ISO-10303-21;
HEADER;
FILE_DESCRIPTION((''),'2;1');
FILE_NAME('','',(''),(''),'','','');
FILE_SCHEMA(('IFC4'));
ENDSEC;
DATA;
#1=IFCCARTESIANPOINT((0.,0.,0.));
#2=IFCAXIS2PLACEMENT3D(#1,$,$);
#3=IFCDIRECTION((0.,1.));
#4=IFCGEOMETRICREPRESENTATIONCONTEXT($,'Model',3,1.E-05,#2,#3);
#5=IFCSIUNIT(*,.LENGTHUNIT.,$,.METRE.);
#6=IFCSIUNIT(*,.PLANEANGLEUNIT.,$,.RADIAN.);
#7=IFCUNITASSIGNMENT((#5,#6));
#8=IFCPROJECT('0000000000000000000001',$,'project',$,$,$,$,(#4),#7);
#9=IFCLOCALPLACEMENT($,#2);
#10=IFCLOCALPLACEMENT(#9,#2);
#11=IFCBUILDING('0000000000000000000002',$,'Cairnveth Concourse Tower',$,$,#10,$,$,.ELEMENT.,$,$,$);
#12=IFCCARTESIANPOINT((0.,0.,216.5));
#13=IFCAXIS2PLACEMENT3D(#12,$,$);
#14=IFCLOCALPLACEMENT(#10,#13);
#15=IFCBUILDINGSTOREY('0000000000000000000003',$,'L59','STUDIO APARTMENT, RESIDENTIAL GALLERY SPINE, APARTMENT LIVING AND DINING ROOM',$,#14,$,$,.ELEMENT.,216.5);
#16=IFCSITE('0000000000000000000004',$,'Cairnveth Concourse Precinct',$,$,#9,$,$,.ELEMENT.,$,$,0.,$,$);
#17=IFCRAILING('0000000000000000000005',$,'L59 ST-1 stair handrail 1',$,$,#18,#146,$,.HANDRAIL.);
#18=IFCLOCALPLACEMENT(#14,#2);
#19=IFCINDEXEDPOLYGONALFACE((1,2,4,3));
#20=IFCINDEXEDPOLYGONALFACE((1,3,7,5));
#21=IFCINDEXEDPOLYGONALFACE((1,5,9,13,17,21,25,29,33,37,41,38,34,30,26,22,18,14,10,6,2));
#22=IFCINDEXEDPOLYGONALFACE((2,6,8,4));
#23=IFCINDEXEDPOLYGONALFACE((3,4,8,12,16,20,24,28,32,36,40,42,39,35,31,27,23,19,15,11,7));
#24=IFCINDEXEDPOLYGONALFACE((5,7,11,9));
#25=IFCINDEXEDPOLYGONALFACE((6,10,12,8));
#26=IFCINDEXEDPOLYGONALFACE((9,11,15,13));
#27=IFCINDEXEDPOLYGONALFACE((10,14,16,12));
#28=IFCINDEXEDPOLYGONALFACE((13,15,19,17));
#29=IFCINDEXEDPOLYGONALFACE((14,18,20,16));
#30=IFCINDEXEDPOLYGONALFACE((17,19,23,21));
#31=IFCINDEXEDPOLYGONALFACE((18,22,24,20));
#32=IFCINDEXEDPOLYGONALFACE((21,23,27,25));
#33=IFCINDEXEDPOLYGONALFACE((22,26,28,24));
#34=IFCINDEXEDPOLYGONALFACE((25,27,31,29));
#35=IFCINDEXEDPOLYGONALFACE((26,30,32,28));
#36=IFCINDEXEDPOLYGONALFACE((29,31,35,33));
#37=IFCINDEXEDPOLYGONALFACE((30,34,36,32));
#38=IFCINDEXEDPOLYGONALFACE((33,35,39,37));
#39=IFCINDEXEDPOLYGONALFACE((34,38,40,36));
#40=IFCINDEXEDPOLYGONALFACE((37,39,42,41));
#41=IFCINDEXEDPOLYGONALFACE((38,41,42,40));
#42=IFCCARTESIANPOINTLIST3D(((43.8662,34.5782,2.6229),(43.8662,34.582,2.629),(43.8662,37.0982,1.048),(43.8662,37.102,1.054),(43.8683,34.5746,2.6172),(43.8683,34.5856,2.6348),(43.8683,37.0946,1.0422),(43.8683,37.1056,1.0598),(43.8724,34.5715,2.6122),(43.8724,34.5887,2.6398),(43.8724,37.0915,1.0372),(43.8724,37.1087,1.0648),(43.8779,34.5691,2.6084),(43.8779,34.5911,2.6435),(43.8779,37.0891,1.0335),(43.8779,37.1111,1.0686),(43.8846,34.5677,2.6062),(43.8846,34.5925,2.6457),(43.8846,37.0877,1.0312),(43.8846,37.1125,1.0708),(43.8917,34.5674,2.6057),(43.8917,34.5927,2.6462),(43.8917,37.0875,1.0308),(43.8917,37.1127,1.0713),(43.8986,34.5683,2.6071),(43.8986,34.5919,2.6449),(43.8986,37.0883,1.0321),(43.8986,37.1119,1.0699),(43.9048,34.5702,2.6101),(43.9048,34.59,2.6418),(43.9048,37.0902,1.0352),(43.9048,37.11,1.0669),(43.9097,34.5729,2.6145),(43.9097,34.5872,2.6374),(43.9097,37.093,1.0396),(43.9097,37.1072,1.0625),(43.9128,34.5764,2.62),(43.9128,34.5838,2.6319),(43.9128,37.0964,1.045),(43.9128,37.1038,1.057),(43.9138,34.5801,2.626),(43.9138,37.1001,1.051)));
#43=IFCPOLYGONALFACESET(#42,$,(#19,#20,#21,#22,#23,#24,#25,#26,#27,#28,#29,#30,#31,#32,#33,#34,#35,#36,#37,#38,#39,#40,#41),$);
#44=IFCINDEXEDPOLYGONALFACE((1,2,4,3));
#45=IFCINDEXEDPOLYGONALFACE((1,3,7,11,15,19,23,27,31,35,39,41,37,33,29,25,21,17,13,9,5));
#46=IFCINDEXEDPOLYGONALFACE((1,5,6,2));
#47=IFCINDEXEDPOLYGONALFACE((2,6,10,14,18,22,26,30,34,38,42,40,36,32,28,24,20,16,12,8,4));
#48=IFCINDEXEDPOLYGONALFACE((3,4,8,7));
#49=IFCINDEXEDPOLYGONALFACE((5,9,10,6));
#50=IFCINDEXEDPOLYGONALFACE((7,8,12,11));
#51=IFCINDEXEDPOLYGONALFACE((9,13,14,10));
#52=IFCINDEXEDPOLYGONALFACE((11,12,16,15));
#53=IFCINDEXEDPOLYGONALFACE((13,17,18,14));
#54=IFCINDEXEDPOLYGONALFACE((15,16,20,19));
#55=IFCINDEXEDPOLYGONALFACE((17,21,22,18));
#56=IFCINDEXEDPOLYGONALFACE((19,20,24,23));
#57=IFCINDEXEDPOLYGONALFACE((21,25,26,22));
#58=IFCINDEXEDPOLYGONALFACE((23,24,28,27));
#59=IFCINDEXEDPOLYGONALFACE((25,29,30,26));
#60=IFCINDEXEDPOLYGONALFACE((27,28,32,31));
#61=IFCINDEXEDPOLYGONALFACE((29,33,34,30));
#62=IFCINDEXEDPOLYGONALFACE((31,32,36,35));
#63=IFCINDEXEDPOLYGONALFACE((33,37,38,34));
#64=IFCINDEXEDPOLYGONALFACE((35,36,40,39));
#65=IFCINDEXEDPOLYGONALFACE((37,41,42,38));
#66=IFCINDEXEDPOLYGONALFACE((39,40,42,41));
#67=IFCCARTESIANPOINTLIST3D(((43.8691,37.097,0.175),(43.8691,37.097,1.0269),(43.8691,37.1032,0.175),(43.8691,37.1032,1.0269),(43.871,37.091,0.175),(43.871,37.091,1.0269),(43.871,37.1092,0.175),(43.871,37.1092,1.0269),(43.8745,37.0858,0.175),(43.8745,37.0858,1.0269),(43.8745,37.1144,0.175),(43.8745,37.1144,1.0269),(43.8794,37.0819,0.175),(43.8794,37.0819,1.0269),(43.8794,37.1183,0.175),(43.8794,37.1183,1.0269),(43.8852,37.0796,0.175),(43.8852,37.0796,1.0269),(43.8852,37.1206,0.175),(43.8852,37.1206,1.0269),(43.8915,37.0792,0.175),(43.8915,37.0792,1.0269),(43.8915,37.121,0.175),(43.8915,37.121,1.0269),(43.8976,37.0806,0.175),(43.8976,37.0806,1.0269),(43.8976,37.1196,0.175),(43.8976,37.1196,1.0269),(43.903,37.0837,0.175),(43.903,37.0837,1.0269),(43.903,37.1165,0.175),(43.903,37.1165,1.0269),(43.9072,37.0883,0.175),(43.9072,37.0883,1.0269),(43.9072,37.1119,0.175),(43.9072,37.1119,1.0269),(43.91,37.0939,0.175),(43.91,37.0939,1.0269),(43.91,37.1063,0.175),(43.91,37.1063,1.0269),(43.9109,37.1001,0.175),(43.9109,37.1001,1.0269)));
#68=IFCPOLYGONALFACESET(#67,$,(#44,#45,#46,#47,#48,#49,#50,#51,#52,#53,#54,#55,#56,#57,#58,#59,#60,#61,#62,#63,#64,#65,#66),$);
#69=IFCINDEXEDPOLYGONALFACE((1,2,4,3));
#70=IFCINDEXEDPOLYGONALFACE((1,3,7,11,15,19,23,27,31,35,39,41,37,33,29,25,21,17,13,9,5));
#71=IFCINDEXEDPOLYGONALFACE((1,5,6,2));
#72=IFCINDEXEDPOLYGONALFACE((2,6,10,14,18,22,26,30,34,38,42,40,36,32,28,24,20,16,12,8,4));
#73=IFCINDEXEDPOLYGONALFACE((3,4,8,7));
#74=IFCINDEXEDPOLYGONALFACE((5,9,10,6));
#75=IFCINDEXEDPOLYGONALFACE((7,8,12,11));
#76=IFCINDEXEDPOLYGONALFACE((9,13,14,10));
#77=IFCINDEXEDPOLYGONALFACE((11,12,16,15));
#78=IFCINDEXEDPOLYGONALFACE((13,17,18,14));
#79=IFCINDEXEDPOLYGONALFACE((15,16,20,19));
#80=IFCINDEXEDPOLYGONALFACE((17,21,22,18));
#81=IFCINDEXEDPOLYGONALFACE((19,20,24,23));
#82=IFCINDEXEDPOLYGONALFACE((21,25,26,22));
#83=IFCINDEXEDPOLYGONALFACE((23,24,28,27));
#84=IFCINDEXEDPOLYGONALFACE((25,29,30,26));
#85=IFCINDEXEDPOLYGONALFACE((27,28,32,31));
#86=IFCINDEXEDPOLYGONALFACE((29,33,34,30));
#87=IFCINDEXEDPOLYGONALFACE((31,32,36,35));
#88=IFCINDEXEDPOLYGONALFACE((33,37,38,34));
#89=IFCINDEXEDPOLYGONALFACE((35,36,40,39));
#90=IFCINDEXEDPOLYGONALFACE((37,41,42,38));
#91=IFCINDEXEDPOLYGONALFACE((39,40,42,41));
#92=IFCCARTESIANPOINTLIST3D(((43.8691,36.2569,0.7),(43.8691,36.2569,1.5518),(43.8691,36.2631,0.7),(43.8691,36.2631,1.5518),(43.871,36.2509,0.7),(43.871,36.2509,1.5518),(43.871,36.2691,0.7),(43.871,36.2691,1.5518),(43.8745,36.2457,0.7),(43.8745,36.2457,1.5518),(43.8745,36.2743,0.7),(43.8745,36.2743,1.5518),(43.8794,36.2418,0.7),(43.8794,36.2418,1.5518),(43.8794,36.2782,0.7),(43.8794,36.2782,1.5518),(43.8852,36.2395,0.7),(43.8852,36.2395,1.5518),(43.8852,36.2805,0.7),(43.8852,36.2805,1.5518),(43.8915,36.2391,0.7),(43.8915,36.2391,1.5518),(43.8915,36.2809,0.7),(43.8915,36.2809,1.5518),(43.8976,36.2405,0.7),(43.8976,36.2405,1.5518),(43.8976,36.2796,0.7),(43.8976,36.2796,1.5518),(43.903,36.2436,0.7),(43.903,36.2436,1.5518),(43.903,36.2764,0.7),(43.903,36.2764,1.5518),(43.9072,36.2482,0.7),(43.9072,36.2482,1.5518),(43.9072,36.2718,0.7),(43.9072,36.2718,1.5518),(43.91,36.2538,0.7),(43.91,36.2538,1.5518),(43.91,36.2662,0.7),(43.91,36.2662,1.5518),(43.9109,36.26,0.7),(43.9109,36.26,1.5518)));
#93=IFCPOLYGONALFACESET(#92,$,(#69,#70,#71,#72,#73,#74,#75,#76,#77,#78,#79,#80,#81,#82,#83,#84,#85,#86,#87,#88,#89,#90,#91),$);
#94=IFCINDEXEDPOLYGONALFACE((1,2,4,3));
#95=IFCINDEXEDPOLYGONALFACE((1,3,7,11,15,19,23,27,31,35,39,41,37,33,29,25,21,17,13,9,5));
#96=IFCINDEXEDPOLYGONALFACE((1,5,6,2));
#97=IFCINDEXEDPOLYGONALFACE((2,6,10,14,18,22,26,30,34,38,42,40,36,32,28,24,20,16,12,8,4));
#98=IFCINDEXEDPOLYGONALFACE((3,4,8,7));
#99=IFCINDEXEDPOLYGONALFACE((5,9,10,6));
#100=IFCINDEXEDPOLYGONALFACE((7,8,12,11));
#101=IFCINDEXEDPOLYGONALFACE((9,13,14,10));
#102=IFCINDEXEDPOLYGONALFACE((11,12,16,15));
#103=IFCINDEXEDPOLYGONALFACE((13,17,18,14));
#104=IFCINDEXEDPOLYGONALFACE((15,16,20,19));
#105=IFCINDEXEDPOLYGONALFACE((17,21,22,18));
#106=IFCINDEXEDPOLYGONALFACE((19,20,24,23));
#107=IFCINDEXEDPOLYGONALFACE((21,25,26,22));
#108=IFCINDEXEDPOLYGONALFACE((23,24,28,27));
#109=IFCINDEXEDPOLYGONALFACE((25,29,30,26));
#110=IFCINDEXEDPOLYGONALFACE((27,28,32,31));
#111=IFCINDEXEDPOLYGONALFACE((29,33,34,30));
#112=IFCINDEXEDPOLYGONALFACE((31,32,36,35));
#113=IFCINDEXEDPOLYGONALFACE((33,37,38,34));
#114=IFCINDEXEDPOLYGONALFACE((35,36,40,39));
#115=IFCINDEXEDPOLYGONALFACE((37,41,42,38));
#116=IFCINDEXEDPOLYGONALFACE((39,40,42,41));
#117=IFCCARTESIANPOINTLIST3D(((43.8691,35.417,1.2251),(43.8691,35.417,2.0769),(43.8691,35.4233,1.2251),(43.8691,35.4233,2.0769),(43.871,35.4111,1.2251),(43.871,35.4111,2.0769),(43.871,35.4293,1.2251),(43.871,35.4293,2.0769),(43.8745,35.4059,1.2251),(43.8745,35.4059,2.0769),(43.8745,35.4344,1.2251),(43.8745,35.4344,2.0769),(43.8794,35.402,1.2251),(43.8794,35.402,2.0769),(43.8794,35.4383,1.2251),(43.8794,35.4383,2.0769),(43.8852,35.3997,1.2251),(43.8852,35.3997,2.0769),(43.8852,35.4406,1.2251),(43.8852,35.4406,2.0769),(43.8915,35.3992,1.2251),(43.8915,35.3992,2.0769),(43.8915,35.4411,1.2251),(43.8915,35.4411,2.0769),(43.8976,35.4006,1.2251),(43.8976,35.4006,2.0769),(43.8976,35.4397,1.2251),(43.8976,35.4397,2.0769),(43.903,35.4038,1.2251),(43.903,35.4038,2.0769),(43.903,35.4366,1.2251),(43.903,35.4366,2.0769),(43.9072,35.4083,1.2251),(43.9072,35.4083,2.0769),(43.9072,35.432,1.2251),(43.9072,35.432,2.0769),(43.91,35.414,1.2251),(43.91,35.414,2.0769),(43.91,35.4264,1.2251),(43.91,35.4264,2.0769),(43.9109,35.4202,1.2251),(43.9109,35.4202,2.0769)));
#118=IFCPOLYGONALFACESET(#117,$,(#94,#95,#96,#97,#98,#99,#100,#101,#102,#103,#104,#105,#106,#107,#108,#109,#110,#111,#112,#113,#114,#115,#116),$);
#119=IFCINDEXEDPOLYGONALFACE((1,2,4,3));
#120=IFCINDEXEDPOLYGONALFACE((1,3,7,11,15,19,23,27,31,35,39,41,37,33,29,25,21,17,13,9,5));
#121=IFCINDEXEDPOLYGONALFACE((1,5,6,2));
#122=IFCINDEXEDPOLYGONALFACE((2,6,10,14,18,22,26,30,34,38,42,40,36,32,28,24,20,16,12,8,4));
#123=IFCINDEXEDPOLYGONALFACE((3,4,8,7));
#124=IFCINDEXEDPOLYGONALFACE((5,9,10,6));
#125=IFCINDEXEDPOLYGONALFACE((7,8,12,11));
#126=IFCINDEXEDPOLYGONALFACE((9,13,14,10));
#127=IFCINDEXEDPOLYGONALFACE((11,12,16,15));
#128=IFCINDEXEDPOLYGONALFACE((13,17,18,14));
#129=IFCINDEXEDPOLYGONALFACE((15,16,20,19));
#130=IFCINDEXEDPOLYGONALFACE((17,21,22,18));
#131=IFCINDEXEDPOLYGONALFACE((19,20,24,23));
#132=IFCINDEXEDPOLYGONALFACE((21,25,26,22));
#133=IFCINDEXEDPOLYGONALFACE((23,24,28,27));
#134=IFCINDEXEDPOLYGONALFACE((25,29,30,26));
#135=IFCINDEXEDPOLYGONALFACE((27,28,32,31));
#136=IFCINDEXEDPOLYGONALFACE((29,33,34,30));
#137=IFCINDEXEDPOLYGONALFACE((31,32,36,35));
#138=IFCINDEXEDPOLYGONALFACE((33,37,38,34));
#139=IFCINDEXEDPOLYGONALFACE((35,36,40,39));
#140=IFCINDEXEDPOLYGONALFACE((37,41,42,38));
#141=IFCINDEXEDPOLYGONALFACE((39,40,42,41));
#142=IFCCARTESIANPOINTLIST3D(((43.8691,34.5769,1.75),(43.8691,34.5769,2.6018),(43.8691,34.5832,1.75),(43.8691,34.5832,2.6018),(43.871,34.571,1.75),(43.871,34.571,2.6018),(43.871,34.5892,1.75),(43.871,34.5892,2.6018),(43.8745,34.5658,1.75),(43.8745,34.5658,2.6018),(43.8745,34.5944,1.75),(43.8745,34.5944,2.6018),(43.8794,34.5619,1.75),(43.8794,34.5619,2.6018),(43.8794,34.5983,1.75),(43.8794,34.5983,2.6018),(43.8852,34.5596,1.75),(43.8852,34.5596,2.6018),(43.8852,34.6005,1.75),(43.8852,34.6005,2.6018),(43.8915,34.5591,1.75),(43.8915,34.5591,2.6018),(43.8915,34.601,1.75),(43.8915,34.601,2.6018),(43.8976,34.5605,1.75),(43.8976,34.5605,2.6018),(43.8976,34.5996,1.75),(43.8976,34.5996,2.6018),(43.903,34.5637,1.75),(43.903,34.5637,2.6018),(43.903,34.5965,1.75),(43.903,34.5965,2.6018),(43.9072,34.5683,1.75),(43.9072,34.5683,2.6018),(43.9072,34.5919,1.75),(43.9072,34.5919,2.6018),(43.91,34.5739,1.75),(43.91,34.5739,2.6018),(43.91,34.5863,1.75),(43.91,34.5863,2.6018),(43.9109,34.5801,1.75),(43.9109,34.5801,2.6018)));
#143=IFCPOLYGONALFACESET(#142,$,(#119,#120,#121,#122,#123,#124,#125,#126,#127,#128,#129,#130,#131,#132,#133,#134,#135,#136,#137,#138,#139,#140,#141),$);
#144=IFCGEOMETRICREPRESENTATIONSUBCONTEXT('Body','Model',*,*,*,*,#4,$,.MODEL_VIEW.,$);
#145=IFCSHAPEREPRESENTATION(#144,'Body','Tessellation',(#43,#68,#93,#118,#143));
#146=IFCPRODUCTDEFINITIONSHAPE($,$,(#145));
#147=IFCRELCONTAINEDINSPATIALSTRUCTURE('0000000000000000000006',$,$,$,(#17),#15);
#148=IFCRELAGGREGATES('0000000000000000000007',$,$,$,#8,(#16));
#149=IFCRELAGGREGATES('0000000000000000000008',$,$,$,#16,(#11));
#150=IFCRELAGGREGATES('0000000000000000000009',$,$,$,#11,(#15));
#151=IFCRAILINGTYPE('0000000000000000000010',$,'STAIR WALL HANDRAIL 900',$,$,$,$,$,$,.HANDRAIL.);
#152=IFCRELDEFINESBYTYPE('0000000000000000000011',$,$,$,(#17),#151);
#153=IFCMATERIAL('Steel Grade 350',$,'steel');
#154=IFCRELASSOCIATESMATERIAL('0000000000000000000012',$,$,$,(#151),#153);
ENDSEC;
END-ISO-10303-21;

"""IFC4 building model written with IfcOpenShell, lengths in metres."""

from ifc_helpers import new_model, si_unit, direction, frame, origin, origin_2d, place, context, subcontext, project, spatial, circle, extrude, material, type_object, element, save


model = new_model("IFC4")

# Units and contexts
model_context = context("Model", 3, precision=1e-05, world=origin(), true_north=direction((0.0, 1.0)))
body_context = subcontext(model_context, "Body", "Model", "MODEL_VIEW")
ifc_project = project(units=[si_unit("LENGTHUNIT", "METRE"), si_unit("PLANEANGLEUNIT", "RADIAN")], contexts=[model_context])

# Site, building, storey
site_placement = place(None, origin())
site = spatial("IfcSite", under=ifc_project, at=site_placement, Name="Cairnveth Concourse Precinct", CompositionType="ELEMENT", RefElevation=0.0)
building_placement = place(site_placement, origin())
building = spatial("IfcBuilding", under=site, at=building_placement, Name="Cairnveth Concourse Tower", CompositionType="ELEMENT")
storey_placement = place(building_placement, frame((0.0, 0.0, 216.5)))
storey = spatial("IfcBuildingStorey", under=building, at=storey_placement, Name="L59", Description="STUDIO APARTMENT, RESIDENTIAL GALLERY SPINE, APARTMENT LIVING AND DINING ROOM", CompositionType="ELEMENT", Elevation=216.5)

# Shared definitions
ifc_material_1 = material(Name="Steel Grade 350", Category="steel")

# Railing
railing_type_1 = type_object("IfcRailingType", Name="STAIR WALL HANDRAIL 900", PredefinedType="HANDRAIL", material=ifc_material_1)
railing_1_placement = place(storey_placement, frame((43.8899, 37.1001, 0.175)))
element("IfcRailing", 1, at=railing_1_placement, inside=storey, type_object=railing_type_1, Name="L59 ST-1 stair handrail 1", PredefinedType="HANDRAIL", context=body_context, shape_type="SweptSolid", body=[
    extrude(circle(Radius=0.0239, at=origin_2d()), frame((0.0, 0.0, 0.876), z_axis=(0.0, -0.848008, 0.529984), x_axis=(1.0, 0.0, 0.0)), (0.0, 0.0, 1.0), 2.9717),
    extrude(circle(Radius=0.021, at=origin_2d()), origin(), (0.0, 0.0, 1.0), 0.8518),
    extrude(circle(Radius=0.021, at=origin_2d()), frame((0.0, -0.8401, 0.5249)), (0.0, 0.0, 1.0), 0.8518),
    extrude(circle(Radius=0.021, at=origin_2d()), frame((0.0, -1.6799, 1.05)), (0.0, 0.0, 1.0), 0.8518),
    extrude(circle(Radius=0.021, at=origin_2d()), frame((0.0, -2.52, 1.575)), (0.0, 0.0, 1.0), 0.8518),
])

save(model, "model.ifc")
